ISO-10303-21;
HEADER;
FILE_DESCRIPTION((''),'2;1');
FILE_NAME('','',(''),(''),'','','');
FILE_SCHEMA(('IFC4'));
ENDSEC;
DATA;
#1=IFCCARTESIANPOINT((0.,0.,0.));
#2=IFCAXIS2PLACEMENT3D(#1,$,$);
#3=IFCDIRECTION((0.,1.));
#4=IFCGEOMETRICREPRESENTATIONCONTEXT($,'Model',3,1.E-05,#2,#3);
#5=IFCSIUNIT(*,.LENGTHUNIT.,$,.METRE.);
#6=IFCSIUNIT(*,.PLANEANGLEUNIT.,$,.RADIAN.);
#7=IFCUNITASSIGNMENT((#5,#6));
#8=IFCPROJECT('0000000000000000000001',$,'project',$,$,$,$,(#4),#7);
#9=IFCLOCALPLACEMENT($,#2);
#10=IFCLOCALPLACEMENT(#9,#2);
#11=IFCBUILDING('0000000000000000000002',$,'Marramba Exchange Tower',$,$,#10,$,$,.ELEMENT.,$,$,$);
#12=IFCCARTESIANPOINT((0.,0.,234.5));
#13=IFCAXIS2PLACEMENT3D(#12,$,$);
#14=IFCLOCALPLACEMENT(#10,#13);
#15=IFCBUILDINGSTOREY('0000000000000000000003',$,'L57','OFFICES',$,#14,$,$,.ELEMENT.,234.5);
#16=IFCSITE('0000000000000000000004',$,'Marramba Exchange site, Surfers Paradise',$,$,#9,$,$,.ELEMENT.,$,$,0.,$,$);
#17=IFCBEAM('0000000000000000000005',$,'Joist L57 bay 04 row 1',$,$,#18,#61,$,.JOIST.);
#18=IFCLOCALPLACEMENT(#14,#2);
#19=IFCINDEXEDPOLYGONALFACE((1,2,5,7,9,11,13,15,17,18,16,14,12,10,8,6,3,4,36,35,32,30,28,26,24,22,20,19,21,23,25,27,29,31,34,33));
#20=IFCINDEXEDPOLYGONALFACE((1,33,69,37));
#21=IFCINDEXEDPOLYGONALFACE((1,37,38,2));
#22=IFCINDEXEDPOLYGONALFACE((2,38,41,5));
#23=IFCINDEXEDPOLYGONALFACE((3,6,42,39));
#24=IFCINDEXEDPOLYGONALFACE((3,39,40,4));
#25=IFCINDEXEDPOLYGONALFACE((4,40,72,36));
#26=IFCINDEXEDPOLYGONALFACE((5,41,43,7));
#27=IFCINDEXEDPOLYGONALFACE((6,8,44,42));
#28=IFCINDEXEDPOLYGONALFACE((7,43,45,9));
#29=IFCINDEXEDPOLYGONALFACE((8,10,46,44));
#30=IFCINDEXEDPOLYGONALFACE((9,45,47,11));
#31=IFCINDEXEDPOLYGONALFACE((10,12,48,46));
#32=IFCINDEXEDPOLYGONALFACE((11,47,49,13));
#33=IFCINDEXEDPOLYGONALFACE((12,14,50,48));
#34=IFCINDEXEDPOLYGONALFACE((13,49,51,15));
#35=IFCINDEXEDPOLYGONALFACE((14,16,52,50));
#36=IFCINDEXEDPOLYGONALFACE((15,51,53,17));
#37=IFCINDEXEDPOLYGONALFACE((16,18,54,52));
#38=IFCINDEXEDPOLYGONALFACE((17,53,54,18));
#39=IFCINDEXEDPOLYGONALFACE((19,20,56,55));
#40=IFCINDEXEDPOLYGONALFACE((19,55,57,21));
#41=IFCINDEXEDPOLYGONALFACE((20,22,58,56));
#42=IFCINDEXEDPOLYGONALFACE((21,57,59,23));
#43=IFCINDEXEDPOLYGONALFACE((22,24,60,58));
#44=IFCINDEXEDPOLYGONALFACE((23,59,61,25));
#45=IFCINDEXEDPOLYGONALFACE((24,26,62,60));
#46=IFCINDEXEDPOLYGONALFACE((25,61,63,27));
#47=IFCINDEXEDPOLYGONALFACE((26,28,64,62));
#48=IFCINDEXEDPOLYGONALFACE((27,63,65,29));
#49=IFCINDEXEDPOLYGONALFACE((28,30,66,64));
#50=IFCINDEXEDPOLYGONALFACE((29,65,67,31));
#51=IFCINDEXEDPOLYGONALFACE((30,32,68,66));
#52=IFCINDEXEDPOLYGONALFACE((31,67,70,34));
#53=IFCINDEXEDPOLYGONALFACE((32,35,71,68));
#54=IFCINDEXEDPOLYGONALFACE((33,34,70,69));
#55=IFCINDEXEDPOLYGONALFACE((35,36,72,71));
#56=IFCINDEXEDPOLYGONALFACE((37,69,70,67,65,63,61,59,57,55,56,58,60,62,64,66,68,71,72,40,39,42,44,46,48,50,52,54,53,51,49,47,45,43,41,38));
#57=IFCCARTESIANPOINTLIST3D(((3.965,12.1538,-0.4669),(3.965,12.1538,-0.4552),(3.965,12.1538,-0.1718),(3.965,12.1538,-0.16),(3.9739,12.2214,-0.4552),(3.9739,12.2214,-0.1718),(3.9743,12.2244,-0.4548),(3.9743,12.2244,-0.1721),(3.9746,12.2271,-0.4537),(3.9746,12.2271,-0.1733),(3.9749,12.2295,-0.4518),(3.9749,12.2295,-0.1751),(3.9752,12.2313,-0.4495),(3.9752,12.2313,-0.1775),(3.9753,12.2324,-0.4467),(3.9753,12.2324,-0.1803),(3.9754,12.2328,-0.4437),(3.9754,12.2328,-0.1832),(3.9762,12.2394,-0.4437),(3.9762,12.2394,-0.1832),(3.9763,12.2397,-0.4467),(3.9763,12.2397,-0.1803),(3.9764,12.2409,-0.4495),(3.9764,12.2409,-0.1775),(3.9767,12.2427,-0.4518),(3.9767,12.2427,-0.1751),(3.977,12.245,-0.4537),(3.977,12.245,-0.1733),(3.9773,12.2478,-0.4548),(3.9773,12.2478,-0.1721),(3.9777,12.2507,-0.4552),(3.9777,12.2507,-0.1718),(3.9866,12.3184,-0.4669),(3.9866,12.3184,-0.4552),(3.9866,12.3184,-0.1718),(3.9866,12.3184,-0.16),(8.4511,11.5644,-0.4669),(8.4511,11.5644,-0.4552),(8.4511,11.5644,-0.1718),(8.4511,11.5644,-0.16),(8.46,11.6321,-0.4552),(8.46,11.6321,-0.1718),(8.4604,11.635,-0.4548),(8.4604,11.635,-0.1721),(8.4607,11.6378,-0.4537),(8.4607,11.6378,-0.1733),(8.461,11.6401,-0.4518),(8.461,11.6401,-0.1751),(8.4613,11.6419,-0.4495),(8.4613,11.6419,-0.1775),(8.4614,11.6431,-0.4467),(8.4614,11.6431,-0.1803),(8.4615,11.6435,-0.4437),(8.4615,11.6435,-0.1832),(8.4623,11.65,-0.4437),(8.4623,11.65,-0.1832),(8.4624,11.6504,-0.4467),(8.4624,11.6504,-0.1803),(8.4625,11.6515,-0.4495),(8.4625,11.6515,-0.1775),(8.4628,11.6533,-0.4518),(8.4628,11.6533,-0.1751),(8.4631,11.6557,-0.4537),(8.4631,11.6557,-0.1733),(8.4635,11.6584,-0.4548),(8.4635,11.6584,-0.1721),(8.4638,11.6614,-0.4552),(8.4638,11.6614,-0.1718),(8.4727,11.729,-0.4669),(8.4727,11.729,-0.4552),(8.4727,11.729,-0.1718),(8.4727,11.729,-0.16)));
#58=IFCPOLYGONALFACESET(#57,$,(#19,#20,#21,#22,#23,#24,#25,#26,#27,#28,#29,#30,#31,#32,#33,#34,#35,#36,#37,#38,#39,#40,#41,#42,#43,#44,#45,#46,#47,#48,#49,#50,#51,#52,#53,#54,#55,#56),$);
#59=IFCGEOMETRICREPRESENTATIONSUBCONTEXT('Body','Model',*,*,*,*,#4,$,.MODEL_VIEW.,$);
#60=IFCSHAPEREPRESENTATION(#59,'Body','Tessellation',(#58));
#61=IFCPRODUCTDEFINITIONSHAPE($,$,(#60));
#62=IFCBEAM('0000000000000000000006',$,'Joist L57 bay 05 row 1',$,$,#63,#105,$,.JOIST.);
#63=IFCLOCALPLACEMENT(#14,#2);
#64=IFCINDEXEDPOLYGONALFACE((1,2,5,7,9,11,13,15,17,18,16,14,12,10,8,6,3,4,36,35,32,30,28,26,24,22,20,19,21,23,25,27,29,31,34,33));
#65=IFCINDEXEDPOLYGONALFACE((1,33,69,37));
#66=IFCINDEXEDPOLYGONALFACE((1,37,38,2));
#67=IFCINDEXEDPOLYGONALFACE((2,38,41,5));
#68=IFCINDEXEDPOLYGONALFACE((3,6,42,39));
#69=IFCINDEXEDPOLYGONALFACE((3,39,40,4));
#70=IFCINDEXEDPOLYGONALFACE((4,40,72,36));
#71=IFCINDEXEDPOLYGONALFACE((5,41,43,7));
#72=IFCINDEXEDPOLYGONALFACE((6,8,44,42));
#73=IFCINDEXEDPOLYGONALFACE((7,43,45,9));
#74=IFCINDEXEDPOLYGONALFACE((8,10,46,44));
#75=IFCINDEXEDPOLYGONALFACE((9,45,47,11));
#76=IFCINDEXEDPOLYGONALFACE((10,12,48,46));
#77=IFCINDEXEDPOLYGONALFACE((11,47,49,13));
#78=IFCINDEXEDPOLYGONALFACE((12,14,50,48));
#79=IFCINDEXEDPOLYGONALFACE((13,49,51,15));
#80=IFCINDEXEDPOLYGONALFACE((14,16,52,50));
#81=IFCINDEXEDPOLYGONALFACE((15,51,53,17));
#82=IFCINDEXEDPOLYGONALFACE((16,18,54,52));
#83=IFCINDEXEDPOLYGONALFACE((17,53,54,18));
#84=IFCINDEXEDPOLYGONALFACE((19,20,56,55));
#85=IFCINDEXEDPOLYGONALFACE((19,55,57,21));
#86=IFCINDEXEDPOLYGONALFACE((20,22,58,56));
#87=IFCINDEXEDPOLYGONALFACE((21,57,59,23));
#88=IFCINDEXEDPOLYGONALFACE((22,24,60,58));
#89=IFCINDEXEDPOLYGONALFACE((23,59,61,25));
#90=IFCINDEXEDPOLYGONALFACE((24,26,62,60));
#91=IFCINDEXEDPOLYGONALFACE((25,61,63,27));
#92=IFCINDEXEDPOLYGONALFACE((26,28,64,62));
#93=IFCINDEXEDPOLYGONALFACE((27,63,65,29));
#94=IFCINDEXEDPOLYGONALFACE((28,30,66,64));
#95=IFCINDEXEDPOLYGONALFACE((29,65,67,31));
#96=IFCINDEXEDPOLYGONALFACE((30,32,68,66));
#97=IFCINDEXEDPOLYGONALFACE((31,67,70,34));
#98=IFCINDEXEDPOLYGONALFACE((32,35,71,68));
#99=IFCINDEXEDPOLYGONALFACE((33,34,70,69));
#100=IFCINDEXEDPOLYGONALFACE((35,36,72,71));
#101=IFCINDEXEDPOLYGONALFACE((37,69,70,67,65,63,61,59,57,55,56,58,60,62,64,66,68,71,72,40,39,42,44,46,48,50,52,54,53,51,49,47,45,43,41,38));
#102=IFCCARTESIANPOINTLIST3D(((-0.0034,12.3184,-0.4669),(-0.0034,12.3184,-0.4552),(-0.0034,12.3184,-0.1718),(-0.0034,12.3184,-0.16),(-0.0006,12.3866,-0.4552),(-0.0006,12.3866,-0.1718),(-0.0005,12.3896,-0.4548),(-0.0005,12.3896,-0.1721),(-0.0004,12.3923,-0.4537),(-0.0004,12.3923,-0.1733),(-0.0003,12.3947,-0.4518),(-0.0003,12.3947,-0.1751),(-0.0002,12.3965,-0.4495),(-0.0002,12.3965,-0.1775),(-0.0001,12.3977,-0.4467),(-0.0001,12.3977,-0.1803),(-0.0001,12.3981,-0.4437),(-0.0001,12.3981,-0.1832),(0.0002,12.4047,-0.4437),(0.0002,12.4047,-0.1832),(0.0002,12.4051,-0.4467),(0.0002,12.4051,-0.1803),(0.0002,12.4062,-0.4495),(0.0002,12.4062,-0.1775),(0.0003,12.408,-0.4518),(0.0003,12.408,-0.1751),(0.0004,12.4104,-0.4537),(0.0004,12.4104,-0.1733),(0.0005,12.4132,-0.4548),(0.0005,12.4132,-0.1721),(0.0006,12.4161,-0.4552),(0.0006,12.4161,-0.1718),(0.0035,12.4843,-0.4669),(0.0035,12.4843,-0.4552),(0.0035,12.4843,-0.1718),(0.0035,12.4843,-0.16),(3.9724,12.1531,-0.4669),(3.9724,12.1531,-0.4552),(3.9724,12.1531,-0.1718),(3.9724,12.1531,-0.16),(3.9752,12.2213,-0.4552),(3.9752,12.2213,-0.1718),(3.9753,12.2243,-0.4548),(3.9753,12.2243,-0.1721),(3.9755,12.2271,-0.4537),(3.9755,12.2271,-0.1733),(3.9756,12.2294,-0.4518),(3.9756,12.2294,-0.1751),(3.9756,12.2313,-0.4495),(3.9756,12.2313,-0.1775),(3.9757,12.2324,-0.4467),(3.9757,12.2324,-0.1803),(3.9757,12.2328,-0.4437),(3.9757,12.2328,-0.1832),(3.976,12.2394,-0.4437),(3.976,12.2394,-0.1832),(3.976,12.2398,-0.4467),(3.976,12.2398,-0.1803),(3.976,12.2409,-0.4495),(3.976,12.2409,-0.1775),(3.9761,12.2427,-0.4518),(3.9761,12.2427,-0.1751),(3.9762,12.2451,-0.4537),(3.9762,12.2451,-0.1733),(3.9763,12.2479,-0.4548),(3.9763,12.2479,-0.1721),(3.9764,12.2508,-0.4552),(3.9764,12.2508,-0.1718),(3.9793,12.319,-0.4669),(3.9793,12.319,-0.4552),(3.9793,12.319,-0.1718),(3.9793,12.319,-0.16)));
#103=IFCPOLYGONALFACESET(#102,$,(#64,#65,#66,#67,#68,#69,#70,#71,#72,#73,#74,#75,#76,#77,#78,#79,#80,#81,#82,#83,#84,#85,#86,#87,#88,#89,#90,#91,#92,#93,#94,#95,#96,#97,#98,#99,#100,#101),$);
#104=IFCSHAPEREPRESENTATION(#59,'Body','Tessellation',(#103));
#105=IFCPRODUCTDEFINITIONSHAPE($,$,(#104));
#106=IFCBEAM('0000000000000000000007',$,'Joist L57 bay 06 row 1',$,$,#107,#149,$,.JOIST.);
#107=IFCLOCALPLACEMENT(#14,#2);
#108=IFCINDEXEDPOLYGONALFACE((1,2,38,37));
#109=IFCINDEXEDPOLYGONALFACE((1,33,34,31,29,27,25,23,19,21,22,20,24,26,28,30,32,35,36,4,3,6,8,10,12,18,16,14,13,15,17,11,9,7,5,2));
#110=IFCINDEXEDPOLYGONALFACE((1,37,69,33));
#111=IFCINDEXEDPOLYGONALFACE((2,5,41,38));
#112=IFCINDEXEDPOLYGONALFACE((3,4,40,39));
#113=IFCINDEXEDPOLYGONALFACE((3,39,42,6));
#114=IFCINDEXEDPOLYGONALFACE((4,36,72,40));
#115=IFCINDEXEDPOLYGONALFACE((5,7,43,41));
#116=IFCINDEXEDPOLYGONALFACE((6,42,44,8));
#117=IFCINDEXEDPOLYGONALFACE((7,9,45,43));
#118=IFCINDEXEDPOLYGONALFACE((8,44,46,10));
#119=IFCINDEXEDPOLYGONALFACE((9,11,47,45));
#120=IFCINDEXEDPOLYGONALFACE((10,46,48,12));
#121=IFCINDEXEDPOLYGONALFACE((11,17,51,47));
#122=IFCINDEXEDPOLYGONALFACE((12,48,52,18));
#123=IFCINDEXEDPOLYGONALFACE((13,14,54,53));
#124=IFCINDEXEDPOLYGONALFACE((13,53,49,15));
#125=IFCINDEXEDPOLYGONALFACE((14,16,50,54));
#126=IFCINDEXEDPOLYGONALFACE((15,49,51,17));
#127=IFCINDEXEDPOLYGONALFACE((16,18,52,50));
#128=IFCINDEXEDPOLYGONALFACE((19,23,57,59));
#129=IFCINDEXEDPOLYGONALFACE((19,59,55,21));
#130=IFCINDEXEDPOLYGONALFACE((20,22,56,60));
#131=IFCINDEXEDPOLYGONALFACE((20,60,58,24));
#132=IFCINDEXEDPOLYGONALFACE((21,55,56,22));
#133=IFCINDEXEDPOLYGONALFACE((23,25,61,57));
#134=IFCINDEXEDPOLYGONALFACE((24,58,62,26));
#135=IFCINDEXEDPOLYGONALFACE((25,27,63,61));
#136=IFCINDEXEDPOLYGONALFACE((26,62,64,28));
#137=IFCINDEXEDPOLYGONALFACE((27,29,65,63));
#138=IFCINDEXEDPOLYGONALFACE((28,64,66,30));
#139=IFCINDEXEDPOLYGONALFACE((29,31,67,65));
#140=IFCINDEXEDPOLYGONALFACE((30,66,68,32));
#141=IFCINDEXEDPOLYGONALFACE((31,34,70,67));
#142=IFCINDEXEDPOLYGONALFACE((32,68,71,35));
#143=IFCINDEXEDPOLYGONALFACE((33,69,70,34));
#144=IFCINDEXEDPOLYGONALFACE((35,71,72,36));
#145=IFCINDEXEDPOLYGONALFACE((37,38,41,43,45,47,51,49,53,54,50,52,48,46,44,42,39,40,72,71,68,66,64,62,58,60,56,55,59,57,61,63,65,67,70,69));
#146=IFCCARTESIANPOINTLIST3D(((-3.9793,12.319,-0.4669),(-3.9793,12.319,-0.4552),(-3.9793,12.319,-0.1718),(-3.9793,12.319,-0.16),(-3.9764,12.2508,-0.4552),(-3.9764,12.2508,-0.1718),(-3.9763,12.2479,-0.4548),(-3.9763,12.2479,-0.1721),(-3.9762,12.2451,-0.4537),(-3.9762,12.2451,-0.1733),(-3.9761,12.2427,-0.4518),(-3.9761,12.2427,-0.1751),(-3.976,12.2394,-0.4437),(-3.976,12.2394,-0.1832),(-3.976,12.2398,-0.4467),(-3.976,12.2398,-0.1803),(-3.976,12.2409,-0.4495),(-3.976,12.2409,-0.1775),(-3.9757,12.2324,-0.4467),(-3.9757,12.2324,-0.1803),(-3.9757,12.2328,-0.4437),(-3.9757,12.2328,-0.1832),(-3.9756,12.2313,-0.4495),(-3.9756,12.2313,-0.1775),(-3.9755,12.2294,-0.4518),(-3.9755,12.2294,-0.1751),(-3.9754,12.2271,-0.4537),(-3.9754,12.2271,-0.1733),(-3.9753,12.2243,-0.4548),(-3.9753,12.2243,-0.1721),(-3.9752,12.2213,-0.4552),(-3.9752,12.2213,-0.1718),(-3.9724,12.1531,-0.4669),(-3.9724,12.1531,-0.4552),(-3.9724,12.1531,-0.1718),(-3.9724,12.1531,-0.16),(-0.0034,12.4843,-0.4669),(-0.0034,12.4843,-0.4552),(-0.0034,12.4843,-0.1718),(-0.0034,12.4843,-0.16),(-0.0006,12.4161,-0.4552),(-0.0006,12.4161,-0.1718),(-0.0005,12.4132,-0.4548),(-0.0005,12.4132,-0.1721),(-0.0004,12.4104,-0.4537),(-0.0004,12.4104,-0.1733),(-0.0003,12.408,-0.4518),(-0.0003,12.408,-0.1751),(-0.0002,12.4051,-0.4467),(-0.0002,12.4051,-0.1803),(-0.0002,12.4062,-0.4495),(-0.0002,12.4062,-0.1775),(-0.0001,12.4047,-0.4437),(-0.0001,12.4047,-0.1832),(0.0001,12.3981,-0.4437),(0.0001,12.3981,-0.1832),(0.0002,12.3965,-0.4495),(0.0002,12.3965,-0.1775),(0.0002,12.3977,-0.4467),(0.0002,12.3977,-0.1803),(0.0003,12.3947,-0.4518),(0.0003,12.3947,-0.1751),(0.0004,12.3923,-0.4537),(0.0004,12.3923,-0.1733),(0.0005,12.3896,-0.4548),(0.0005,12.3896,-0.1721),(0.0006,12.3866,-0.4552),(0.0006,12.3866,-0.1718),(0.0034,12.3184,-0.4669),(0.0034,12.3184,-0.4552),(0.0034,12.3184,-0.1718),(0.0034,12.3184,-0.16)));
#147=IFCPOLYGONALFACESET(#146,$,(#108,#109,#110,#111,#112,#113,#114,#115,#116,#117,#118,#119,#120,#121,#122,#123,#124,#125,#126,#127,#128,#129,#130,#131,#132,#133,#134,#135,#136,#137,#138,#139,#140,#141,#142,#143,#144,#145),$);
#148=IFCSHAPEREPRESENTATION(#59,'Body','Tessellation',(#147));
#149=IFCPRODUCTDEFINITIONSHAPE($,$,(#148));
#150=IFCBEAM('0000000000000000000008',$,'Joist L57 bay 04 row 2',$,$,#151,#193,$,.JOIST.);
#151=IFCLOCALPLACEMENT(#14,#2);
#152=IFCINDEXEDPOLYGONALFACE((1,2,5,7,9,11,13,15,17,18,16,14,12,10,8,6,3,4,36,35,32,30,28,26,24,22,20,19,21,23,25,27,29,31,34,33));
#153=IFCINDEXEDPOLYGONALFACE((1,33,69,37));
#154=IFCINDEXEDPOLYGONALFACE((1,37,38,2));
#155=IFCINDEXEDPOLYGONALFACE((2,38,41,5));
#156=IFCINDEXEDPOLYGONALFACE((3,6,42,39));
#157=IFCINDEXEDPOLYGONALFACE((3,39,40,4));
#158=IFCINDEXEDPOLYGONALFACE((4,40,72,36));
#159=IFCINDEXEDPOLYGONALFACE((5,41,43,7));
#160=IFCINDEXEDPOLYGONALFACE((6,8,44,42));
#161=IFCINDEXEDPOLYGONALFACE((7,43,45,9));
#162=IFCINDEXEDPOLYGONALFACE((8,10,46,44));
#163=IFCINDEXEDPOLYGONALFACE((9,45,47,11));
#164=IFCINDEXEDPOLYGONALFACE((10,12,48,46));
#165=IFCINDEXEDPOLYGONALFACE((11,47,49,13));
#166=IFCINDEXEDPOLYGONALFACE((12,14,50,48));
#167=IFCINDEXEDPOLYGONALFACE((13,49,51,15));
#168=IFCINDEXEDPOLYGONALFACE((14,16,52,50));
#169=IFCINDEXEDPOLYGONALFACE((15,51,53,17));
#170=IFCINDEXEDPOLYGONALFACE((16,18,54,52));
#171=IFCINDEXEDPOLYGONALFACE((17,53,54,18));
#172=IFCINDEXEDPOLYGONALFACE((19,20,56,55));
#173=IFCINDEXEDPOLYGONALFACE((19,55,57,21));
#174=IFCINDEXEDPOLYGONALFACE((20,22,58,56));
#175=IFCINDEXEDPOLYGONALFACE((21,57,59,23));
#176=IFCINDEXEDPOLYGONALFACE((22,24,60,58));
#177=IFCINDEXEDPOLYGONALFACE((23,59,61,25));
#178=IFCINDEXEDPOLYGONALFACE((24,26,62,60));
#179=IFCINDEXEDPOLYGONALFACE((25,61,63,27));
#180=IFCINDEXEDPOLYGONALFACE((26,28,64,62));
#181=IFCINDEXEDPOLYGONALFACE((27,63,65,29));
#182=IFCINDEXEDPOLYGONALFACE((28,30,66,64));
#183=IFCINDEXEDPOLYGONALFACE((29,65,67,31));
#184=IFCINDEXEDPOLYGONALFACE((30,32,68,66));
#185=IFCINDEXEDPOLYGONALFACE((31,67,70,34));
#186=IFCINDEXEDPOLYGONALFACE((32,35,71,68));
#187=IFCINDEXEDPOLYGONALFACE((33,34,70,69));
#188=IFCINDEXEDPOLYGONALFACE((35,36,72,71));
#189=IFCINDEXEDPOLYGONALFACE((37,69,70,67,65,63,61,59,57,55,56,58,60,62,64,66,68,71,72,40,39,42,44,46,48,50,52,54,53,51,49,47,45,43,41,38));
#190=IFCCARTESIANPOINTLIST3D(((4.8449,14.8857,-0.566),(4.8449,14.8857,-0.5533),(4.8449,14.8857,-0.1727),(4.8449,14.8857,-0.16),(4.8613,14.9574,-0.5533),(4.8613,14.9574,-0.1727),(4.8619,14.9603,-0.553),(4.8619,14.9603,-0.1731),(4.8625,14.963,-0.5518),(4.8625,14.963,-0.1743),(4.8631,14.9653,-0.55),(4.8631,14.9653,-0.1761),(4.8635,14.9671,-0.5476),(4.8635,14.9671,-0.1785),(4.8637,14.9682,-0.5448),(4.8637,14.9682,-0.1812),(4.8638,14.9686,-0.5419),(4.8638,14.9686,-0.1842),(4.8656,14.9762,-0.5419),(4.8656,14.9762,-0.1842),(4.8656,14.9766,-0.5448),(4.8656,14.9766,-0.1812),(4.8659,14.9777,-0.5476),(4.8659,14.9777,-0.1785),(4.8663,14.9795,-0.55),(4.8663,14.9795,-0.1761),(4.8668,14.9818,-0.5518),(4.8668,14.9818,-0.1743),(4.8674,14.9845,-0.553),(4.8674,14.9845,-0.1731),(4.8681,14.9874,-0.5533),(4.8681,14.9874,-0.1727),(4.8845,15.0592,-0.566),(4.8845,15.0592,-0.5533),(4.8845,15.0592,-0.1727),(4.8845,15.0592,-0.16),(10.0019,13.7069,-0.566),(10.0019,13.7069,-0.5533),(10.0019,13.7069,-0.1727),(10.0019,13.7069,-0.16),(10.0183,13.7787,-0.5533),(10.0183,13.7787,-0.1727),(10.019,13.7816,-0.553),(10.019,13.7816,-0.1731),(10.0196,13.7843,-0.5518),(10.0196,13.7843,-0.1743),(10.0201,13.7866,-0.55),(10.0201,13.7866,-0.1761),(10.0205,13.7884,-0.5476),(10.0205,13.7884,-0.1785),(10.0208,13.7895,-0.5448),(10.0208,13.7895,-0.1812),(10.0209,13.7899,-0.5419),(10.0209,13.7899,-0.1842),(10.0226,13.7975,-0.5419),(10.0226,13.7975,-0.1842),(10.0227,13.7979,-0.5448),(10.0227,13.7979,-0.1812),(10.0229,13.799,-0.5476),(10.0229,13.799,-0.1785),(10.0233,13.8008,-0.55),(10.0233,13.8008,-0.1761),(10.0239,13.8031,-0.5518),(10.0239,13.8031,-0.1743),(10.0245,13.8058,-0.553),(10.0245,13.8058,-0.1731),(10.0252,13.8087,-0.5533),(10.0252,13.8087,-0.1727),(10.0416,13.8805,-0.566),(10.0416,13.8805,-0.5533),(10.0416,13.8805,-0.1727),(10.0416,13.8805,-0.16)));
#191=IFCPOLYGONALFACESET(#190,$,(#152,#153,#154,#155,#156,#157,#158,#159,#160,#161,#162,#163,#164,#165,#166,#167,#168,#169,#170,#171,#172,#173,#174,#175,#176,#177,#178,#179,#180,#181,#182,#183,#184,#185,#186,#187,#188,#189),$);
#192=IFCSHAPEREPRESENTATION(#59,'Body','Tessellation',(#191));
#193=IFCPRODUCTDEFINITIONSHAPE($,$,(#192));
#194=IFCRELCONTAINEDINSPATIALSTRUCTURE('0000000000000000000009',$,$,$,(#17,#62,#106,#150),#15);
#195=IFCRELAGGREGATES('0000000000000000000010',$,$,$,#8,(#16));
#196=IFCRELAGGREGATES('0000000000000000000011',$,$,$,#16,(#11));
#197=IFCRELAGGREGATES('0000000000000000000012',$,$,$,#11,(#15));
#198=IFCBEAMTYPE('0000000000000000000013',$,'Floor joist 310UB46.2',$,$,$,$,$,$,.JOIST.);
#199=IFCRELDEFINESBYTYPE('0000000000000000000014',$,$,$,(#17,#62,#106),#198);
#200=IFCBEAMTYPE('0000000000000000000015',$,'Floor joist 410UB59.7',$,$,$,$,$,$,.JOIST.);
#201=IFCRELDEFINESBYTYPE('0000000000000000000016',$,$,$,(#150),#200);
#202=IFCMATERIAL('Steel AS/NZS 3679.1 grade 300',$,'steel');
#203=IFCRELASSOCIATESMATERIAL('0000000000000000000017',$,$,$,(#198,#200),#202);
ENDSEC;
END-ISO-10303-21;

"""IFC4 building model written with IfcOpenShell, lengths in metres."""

from ifc_helpers import new_model, si_unit, direction, frame, origin, origin_2d, place, context, subcontext, project, spatial, i_section, extrude, material, material_profile, profile_set, type_object, element, save


model = new_model("IFC4")

# Units and contexts
model_context = context("Model", 3, precision=1e-05, world=origin(), true_north=direction((0.0, 1.0)))
body_context = subcontext(model_context, "Body", "Model", "MODEL_VIEW")
ifc_project = project(units=[si_unit("LENGTHUNIT", "METRE"), si_unit("PLANEANGLEUNIT", "RADIAN")], contexts=[model_context])

# Site, building, storey
site_placement = place(None, origin())
site = spatial("IfcSite", under=ifc_project, at=site_placement, Name="Marramba Exchange site, Surfers Paradise", CompositionType="ELEMENT", RefElevation=0.0)
building_placement = place(site_placement, origin())
building = spatial("IfcBuilding", under=site, at=building_placement, Name="Marramba Exchange Tower", CompositionType="ELEMENT")
storey_placement = place(building_placement, frame((0.0, 0.0, 234.5)))
storey = spatial("IfcBuildingStorey", under=building, at=storey_placement, Name="L57", Description="OFFICES", CompositionType="ELEMENT", Elevation=234.5)

# Beams
ifc_material_1 = material(Name="Steel AS/NZS 3679.1 grade 300", Category="steel")
ifc_material_profile_1 = material_profile(ifc_material_1, i_section(OverallWidth=0.166, OverallDepth=0.3069, WebThickness=0.0066, FlangeThickness=0.0117, FilletRadius=0.0115, at=origin_2d()), Name="310UB46.2")
ifc_profile_set_1 = profile_set([ifc_material_profile_1], Name="Steel AS/NZS 3679.1 grade 300")
beam_type_1 = type_object("IfcBeamType", Name="Floor joist 310UB46.2", PredefinedType="JOIST", material=ifc_profile_set_1)
beam_1_placement = place(storey_placement, frame((8.4619, 11.6467, -0.3135), z_axis=(-0.991481, 0.130255, 0.0), x_axis=(-0.130255, -0.991481, 0.0)))
element("IfcBeam", 1, at=beam_1_placement, inside=storey, type_object=beam_type_1, Name="Joist L57 bay 04 row 1", PredefinedType="JOIST", context=body_context, shape_type="SweptSolid", body=[
    extrude(i_section(OverallWidth=0.166, OverallDepth=0.3069, WebThickness=0.0066, FlangeThickness=0.0117, FilletRadius=0.0115, at=origin_2d()), origin(), (0.0, 0.0, 1.0), 4.5247),
])
for number, where, z_axis, x_axis, name in (
    (2, (3.9758, 12.2361, -0.3135), (-0.999137, 0.041536, 0.0), (-0.041536, -0.999137, 0.0), "Joist L57 bay 05 row 1"),
    (3, (0.0, 12.4014, -0.3135), (-0.999137, -0.041536, 0.0), (0.041536, -0.999137, 0.0), "Joist L57 bay 06 row 1"),
):
    element("IfcBeam", number, at=place(storey_placement, frame(where, z_axis=z_axis, x_axis=x_axis)), inside=storey, type_object=beam_type_1, Name=name, PredefinedType="JOIST", context=body_context, shape_type="SweptSolid", body=[
        extrude(i_section(OverallWidth=0.166, OverallDepth=0.3069, WebThickness=0.0066, FlangeThickness=0.0117, FilletRadius=0.0115, at=origin_2d()), origin(), (0.0, 0.0, 1.0), 3.9792),
    ])
ifc_material_profile_2 = material_profile(ifc_material_1, i_section(OverallWidth=0.178, OverallDepth=0.406, WebThickness=0.0078, FlangeThickness=0.0127, FilletRadius=0.0115, at=origin_2d()), Name="410UB59.7")
ifc_profile_set_2 = profile_set([ifc_material_profile_2], Name="Steel AS/NZS 3679.1 grade 300")
beam_type_2 = type_object("IfcBeamType", Name="Floor joist 410UB59.7", PredefinedType="JOIST", material=ifc_profile_set_2)
beam_2_placement = place(storey_placement, frame((10.0217, 13.7937, -0.363), z_axis=(-0.97486, 0.22282, 0.0), x_axis=(-0.22282, -0.97486, 0.0)))
element("IfcBeam", 4, at=beam_2_placement, inside=storey, type_object=beam_type_2, Name="Joist L57 bay 04 row 2", PredefinedType="JOIST", context=body_context, shape_type="SweptSolid", body=[
    extrude(i_section(OverallWidth=0.178, OverallDepth=0.406, WebThickness=0.0078, FlangeThickness=0.0127, FilletRadius=0.0115, at=origin_2d()), origin(), (0.0, 0.0, 1.0), 5.29),
])

save(model, "model.ifc")
